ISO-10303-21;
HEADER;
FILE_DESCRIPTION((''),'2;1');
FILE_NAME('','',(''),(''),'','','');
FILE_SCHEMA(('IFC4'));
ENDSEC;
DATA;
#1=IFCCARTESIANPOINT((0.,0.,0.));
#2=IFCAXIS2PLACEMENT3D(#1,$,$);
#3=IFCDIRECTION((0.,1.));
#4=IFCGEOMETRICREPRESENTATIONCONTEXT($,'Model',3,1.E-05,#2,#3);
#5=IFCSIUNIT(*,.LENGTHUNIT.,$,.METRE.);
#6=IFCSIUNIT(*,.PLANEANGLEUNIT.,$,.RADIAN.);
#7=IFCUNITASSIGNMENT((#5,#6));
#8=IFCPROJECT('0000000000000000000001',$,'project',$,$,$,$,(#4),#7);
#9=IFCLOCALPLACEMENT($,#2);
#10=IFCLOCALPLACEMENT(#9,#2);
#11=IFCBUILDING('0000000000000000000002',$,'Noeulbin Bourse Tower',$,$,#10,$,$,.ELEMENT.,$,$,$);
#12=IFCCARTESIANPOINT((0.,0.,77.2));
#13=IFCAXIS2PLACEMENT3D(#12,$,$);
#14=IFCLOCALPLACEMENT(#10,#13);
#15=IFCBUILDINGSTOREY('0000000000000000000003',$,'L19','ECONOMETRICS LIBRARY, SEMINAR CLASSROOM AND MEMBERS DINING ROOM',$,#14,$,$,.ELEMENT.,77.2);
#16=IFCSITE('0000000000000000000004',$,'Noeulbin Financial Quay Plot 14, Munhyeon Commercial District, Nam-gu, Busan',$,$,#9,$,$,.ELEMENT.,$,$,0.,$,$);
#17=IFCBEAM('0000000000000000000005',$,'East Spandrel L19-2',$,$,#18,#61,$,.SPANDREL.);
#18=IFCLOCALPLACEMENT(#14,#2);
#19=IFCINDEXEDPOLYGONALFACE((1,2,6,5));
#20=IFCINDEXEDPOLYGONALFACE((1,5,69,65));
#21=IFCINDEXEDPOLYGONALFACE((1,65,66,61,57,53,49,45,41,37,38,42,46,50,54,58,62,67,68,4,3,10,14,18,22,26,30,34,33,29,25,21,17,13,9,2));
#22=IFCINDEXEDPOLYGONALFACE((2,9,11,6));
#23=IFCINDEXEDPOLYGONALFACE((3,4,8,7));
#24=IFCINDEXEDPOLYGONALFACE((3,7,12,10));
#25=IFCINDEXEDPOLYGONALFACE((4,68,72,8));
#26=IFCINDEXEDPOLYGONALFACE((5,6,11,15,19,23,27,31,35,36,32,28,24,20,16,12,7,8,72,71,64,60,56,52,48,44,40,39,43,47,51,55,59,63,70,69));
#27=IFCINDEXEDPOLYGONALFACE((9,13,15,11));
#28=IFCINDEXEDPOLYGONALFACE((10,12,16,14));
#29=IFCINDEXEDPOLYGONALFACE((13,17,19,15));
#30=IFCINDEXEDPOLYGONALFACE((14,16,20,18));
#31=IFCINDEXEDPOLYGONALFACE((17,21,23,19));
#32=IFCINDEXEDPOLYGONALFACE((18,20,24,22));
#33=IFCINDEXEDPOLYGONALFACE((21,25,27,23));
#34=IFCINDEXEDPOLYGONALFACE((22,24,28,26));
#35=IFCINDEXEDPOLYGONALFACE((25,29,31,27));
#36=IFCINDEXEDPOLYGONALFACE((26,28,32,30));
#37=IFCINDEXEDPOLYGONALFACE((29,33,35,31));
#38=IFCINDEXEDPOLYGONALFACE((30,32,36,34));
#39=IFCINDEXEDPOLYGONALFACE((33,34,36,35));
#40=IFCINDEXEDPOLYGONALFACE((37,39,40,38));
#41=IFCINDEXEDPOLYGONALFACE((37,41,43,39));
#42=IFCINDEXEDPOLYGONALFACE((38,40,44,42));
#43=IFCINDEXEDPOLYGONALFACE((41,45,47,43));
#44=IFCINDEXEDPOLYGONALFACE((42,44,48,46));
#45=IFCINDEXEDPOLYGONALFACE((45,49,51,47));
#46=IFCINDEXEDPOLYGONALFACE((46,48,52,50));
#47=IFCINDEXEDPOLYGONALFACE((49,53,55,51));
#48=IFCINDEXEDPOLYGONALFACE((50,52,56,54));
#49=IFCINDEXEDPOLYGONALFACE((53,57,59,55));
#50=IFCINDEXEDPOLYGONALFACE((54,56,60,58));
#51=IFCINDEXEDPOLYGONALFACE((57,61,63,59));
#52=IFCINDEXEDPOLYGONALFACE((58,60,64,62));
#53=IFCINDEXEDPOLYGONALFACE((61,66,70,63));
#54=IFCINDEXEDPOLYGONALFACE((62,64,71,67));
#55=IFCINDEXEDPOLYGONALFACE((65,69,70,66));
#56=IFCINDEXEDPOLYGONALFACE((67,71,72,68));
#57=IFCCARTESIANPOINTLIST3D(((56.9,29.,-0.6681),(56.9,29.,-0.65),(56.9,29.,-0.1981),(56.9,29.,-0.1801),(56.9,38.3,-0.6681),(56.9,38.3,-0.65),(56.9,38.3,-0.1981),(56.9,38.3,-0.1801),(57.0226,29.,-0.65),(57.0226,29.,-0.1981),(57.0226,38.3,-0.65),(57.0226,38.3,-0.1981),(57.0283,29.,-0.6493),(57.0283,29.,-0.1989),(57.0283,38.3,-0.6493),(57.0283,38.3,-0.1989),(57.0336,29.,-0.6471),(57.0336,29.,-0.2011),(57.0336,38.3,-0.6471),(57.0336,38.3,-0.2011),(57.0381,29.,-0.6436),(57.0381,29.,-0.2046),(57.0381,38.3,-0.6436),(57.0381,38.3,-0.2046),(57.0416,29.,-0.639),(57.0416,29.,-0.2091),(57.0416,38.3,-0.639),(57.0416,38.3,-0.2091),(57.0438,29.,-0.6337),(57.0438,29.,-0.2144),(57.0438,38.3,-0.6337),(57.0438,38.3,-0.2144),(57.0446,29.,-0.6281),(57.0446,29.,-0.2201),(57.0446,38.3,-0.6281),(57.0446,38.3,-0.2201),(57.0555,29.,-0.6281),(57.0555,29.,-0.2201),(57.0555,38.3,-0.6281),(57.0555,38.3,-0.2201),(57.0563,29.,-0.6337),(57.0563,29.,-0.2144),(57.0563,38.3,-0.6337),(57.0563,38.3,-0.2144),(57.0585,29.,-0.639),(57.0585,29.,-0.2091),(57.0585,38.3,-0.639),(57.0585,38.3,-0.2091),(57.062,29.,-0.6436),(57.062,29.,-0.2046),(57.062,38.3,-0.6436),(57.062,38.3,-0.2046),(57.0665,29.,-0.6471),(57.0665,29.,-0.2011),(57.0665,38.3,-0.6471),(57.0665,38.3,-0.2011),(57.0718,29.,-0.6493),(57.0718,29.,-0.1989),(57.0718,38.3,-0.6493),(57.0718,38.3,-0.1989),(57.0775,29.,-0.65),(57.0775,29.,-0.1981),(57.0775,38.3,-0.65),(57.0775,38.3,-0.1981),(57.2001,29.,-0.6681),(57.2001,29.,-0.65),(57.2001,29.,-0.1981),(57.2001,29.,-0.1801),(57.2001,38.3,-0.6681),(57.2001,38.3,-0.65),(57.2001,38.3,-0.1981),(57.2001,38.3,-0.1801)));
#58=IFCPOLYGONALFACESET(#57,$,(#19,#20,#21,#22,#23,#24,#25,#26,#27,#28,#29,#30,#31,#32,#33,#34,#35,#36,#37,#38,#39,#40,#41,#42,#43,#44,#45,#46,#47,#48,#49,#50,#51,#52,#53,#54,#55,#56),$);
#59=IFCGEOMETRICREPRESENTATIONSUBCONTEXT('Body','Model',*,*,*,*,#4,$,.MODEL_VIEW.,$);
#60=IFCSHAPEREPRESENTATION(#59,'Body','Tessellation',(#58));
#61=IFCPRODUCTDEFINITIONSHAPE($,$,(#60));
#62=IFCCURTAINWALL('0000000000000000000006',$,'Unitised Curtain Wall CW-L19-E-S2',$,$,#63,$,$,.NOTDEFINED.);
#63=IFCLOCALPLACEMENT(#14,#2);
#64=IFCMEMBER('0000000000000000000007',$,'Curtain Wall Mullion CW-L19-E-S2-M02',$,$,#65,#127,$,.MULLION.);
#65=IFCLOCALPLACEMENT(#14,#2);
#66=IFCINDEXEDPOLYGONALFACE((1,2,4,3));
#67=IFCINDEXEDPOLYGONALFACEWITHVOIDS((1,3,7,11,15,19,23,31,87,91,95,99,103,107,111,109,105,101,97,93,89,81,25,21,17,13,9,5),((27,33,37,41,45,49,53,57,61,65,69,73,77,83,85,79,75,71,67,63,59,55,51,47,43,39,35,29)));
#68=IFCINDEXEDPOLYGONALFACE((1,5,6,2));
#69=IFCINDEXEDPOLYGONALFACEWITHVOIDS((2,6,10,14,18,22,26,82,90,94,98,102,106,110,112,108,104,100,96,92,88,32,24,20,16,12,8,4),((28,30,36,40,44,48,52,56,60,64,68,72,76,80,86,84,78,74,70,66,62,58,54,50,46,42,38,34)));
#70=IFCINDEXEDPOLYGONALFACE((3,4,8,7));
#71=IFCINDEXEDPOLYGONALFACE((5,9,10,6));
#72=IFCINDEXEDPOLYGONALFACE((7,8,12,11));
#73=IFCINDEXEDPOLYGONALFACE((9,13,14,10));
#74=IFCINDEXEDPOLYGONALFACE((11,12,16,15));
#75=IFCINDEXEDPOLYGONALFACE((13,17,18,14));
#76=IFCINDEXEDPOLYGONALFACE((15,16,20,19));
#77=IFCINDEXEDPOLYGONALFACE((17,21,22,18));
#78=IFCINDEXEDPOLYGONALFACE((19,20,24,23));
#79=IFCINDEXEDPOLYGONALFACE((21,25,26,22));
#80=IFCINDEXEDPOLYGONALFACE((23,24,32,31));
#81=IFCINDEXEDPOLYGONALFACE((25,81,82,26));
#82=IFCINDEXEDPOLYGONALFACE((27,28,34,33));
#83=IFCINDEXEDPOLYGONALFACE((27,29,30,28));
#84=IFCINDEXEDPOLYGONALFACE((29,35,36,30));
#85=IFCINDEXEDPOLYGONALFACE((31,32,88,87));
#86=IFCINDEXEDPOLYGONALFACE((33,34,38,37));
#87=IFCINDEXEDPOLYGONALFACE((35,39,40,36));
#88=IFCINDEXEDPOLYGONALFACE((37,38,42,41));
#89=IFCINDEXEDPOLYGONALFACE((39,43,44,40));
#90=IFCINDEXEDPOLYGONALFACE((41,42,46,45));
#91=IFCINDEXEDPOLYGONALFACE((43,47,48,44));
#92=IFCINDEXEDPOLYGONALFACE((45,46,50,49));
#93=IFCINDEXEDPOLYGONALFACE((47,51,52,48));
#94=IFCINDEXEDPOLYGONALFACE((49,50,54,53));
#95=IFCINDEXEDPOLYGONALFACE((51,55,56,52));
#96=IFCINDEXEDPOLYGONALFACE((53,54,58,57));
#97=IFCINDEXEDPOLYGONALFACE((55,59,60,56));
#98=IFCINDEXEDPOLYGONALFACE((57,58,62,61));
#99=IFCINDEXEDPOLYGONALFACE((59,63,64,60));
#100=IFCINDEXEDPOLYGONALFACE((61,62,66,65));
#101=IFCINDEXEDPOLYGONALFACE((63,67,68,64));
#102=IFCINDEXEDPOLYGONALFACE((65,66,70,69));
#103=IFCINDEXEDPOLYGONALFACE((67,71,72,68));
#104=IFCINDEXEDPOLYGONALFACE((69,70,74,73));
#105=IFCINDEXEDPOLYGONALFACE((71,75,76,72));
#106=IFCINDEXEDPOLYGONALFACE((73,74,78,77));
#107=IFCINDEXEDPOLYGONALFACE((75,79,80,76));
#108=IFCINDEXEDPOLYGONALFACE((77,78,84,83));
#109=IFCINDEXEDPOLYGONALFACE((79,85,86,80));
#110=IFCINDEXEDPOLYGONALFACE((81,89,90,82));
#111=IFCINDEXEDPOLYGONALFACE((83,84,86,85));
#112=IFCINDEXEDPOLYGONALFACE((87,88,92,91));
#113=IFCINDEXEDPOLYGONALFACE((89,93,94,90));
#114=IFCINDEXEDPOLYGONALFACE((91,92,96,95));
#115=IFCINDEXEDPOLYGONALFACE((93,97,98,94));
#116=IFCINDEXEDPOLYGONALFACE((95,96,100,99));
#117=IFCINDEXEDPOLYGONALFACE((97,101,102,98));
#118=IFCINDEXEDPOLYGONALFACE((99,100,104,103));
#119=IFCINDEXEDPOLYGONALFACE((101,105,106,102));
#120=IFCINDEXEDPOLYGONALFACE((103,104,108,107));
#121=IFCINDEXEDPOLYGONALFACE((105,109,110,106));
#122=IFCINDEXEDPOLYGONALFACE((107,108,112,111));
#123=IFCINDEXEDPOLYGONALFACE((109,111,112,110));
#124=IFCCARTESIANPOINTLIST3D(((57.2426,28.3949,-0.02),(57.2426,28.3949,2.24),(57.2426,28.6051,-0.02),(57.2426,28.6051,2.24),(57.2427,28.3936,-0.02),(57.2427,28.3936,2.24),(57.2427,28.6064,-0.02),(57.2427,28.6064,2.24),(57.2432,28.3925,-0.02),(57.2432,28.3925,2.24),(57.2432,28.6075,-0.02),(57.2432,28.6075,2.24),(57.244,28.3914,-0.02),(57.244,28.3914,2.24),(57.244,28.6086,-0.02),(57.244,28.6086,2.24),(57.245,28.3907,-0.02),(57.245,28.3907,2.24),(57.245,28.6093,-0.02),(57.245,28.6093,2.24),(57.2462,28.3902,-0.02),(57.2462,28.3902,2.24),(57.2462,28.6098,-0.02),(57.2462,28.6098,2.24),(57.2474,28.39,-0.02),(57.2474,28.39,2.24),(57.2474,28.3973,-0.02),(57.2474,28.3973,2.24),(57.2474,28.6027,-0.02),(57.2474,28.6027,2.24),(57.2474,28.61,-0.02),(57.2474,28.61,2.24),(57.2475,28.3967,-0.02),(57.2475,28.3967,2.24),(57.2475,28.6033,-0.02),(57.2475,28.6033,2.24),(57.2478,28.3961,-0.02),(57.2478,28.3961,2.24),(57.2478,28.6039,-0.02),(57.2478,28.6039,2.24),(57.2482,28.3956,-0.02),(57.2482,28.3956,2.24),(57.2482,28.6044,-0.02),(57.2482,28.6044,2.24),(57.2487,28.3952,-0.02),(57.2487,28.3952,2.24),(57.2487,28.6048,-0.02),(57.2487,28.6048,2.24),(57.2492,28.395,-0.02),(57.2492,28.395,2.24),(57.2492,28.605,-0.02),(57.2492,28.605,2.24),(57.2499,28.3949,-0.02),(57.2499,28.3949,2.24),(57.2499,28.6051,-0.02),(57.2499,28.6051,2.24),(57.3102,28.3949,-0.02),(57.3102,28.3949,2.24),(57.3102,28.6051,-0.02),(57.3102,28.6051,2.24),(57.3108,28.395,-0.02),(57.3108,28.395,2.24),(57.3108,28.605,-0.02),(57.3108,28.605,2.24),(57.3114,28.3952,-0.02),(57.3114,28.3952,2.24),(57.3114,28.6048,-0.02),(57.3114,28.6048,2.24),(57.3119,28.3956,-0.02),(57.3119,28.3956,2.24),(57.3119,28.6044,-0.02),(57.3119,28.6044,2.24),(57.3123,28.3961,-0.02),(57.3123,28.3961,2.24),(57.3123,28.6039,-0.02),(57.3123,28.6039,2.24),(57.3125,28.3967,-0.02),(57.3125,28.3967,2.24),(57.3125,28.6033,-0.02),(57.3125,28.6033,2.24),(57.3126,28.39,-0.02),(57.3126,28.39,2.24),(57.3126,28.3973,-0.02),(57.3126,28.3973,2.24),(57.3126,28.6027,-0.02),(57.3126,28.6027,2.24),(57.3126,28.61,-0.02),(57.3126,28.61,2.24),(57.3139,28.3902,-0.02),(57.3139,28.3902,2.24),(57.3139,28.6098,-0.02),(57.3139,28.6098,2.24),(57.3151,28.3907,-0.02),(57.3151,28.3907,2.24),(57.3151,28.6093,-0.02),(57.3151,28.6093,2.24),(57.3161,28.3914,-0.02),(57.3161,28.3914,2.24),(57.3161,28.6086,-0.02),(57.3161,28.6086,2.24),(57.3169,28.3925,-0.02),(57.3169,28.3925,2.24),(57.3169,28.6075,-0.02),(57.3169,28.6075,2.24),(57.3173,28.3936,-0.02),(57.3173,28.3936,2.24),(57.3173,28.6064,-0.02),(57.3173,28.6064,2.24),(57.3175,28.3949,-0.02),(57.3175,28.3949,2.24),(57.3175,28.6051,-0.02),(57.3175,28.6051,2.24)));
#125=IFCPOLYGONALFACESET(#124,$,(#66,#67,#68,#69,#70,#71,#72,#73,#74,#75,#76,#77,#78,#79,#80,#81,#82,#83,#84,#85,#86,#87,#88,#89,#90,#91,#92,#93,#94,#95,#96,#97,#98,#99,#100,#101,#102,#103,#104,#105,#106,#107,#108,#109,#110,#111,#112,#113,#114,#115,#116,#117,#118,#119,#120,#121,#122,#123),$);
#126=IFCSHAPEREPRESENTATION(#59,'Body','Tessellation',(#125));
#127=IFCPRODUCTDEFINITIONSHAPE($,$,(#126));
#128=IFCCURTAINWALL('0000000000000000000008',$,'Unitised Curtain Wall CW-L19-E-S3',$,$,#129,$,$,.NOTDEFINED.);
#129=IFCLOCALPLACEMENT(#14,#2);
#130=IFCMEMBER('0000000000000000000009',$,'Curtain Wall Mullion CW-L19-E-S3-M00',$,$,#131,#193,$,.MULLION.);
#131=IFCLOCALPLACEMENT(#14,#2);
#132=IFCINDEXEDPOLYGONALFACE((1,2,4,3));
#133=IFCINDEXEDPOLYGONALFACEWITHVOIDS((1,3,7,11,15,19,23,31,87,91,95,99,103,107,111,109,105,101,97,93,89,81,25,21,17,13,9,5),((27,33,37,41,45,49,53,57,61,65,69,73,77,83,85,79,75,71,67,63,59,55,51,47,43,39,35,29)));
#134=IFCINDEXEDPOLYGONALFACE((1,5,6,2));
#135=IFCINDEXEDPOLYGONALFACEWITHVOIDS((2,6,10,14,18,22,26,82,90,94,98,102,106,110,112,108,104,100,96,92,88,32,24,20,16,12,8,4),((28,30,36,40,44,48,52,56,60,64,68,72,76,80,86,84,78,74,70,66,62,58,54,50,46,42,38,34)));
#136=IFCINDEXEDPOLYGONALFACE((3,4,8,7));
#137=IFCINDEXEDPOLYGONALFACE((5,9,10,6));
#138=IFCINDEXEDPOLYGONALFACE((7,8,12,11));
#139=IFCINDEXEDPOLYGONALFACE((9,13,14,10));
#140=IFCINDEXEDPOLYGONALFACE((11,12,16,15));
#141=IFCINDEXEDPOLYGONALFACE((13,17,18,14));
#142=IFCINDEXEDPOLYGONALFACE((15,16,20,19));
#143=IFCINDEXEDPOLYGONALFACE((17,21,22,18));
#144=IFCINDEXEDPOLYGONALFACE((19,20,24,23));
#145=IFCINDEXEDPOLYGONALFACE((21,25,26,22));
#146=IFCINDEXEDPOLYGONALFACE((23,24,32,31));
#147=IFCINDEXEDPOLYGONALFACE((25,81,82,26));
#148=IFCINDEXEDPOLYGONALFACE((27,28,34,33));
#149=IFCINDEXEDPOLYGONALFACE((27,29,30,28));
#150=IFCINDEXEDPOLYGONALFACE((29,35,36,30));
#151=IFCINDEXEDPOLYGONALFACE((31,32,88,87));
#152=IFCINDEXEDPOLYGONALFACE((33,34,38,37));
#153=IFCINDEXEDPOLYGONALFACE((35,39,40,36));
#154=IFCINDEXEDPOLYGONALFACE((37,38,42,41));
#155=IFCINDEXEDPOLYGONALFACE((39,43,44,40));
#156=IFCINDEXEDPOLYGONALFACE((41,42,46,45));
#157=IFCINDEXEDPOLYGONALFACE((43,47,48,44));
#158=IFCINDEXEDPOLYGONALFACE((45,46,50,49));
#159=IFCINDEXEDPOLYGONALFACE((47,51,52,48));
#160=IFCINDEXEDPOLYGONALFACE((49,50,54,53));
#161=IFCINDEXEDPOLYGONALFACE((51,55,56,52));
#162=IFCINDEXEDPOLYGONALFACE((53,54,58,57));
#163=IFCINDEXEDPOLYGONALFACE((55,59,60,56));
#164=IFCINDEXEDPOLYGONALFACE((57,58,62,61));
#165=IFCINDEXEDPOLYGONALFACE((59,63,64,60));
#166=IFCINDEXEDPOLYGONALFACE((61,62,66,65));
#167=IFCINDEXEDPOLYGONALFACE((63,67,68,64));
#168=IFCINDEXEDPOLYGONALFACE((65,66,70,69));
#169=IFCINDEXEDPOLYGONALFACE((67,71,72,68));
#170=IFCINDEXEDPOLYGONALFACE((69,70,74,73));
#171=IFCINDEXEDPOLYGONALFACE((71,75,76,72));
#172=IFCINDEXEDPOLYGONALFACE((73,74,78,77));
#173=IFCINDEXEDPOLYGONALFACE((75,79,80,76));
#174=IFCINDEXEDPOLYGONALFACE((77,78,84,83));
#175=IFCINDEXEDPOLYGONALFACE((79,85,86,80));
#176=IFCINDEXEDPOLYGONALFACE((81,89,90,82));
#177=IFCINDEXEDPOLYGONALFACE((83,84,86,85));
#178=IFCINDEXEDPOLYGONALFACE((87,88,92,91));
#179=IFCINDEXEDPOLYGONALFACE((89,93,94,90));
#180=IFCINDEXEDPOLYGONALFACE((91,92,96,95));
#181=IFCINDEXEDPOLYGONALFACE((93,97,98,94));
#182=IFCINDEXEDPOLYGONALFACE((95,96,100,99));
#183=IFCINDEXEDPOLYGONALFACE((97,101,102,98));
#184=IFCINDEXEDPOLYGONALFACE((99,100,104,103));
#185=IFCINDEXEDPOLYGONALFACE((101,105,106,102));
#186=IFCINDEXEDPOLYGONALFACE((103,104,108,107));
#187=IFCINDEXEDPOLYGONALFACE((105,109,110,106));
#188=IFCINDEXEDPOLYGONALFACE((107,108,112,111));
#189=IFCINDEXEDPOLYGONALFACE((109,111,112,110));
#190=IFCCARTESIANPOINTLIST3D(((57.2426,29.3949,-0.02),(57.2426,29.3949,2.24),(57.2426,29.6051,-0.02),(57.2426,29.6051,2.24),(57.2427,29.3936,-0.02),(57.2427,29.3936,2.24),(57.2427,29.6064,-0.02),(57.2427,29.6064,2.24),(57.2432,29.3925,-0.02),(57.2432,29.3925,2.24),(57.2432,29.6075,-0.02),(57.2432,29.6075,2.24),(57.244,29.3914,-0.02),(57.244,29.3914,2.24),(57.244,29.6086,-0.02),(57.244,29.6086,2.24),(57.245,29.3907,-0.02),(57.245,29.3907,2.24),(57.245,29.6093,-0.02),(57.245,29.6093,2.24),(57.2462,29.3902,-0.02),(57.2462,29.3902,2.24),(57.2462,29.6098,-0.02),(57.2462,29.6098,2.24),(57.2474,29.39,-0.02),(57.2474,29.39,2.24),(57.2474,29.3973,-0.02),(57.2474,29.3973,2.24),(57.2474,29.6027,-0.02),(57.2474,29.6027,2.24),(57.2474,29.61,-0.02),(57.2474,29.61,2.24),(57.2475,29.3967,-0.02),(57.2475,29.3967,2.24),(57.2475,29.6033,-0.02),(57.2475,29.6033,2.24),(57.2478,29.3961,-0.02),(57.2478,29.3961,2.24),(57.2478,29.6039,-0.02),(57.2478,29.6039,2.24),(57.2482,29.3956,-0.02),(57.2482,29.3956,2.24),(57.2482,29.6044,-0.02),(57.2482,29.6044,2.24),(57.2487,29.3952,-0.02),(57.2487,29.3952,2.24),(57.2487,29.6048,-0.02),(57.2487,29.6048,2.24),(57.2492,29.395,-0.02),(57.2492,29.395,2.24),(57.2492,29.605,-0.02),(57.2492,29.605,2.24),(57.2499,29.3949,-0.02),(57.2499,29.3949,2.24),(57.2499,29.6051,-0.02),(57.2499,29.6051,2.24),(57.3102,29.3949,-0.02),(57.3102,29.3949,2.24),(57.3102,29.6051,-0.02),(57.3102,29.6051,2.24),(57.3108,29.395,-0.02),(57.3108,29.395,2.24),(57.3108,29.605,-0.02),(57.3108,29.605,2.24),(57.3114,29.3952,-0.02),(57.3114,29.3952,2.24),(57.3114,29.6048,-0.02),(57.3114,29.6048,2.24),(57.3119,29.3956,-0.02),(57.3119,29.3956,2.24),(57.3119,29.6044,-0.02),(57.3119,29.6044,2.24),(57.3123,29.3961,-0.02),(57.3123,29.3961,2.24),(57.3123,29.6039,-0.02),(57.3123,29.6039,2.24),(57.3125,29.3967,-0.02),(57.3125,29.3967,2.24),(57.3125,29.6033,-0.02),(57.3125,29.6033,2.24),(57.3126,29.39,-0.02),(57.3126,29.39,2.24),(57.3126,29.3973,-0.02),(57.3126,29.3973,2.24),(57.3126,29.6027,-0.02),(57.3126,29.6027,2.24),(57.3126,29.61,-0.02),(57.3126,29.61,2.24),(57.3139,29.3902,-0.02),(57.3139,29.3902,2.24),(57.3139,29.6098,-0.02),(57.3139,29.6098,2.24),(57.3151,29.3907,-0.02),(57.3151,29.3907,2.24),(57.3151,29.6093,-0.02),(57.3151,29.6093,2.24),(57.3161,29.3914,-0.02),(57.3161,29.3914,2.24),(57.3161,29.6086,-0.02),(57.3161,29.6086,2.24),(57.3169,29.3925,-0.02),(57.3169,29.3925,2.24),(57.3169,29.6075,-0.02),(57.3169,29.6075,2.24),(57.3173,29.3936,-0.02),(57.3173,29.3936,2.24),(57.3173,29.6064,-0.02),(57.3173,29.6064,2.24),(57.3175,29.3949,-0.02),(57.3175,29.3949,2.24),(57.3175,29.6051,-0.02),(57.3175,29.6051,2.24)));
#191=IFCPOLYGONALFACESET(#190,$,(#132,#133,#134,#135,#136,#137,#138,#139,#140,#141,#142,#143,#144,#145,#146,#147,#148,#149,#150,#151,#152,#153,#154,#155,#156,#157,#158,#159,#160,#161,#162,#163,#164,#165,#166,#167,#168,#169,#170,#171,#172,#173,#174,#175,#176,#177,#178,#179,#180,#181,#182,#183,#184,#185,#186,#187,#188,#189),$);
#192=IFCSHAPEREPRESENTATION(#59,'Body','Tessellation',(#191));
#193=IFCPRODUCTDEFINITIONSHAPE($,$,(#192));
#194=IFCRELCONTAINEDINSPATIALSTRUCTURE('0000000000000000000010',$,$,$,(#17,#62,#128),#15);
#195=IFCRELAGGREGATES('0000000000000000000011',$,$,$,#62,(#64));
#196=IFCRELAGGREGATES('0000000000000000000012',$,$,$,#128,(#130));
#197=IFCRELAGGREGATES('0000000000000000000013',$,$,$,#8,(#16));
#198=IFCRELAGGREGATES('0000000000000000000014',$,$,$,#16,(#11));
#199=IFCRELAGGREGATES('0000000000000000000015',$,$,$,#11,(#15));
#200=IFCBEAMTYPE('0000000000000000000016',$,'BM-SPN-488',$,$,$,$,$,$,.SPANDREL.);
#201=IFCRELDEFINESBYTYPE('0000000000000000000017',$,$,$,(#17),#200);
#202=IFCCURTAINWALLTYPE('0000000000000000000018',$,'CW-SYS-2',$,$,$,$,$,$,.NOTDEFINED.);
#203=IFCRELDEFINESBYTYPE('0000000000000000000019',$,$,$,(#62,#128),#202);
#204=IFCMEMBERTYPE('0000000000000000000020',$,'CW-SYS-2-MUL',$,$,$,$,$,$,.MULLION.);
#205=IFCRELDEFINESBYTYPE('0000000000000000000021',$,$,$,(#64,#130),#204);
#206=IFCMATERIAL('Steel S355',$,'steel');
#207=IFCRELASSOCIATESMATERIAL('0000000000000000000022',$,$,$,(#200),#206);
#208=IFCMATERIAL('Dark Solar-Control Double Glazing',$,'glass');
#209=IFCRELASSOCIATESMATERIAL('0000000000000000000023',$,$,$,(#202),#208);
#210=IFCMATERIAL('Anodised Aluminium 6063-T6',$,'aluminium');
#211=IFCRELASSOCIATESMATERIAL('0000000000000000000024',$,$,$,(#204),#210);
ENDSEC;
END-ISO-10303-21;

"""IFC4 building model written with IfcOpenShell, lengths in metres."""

from ifc_helpers import new_model, si_unit, direction, frame, origin, origin_2d, place, context, subcontext, project, spatial, hollow_rectangle, i_section, extrude, material, material_profile, profile_set, type_object, element, aggregate, save


model = new_model("IFC4")

# Units and contexts
model_context = context("Model", 3, precision=1e-05, world=origin(), true_north=direction((0.0, 1.0)))
body_context = subcontext(model_context, "Body", "Model", "MODEL_VIEW")
ifc_project = project(units=[si_unit("LENGTHUNIT", "METRE"), si_unit("PLANEANGLEUNIT", "RADIAN")], contexts=[model_context])

# Site, building, storey
site_placement = place(None, origin())
site = spatial("IfcSite", under=ifc_project, at=site_placement, Name="Noeulbin Financial Quay Plot 14, Munhyeon Commercial District, Nam-gu, Busan", CompositionType="ELEMENT", RefElevation=0.0)
building_placement = place(site_placement, origin())
building = spatial("IfcBuilding", under=site, at=building_placement, Name="Noeulbin Bourse Tower", CompositionType="ELEMENT")
storey_placement = place(building_placement, frame((0.0, 0.0, 77.2)))
storey = spatial("IfcBuildingStorey", under=building, at=storey_placement, Name="L19", Description="ECONOMETRICS LIBRARY, SEMINAR CLASSROOM AND MEMBERS DINING ROOM", CompositionType="ELEMENT", Elevation=77.2)

# Beam
ifc_material_1 = material(Name="Steel S355", Category="steel")
ifc_material_profile_1 = material_profile(ifc_material_1, i_section(OverallWidth=0.3, OverallDepth=0.488, WebThickness=0.011, FlangeThickness=0.0181, FilletRadius=0.022, at=origin_2d()), Name="H-488x300x11x18", Category="LoadBearing")
ifc_profile_set_1 = profile_set([ifc_material_profile_1], Name="Steel S355")
beam_type_1 = type_object("IfcBeamType", Name="BM-SPN-488", PredefinedType="SPANDREL", material=ifc_profile_set_1)
beam_1_placement = place(storey_placement, frame((57.05, 29.0, -0.4241), z_axis=(0.0, 1.0, 0.0), x_axis=(-1.0, 0.0, 0.0)))
element("IfcBeam", 1, at=beam_1_placement, inside=storey, type_object=beam_type_1, Name="East Spandrel L19-2", PredefinedType="SPANDREL", context=body_context, shape_type="SweptSolid", body=[
    extrude(i_section(OverallWidth=0.3, OverallDepth=0.488, WebThickness=0.011, FlangeThickness=0.0181, FilletRadius=0.022, at=origin_2d()), origin(), (0.0, 0.0, 1.0), 9.3),
])

# Curtain wall, member
ifc_material_2 = material(Name="Dark Solar-Control Double Glazing", Category="glass")
curtain_wall_type = type_object("IfcCurtainWallType", Name="CW-SYS-2", PredefinedType="NOTDEFINED", material=ifc_material_2)
curtain_wall_1_placement = place(storey_placement, origin())
curtain_wall_1 = element("IfcCurtainWall", 2, at=curtain_wall_1_placement, inside=storey, type_object=curtain_wall_type, Name="Unitised Curtain Wall CW-L19-E-S2", PredefinedType="NOTDEFINED")
ifc_material_3 = material(Name="Anodised Aluminium 6063-T6", Category="aluminium")
ifc_material_profile_2 = material_profile(ifc_material_3, hollow_rectangle(XDim=0.075, YDim=0.22, WallThickness=0.0049, InnerFilletRadius=0.0024, OuterFilletRadius=0.0049, at=origin_2d()), Name="ALU-MULL-75x220x5", Category="LoadBearing")
ifc_profile_set_2 = profile_set([ifc_material_profile_2], Name="Anodised Aluminium 6063-T6")
member_type_1 = type_object("IfcMemberType", Name="CW-SYS-2-MUL", PredefinedType="MULLION", material=ifc_profile_set_2)
member_1_placement = place(storey_placement, frame((57.28, 28.5, -0.02), z_axis=(0.0, 0.0, 1.0), x_axis=(1.0, 0.0, 0.0)))
member_1 = element("IfcMember", 3, at=member_1_placement, type_object=member_type_1, Name="Curtain Wall Mullion CW-L19-E-S2-M02", PredefinedType="MULLION", context=body_context, shape_type="SweptSolid", body=[
    extrude(hollow_rectangle(XDim=0.075, YDim=0.22, WallThickness=0.0049, InnerFilletRadius=0.0024, OuterFilletRadius=0.0049, at=origin_2d()), origin(), (0.0, 0.0, 1.0), 2.26),
])
aggregate(curtain_wall_1, [member_1])

# Curtain wall, member
curtain_wall_2_placement = place(storey_placement, origin())
curtain_wall_2 = element("IfcCurtainWall", 4, at=curtain_wall_2_placement, inside=storey, type_object=curtain_wall_type, Name="Unitised Curtain Wall CW-L19-E-S3", PredefinedType="NOTDEFINED")
member_2_placement = place(storey_placement, frame((57.28, 29.5, -0.02), z_axis=(0.0, 0.0, 1.0), x_axis=(1.0, 0.0, 0.0)))
member_2 = element("IfcMember", 5, at=member_2_placement, type_object=member_type_1, Name="Curtain Wall Mullion CW-L19-E-S3-M00", PredefinedType="MULLION", context=body_context, shape_type="SweptSolid", body=[
    extrude(hollow_rectangle(XDim=0.075, YDim=0.22, WallThickness=0.0049, InnerFilletRadius=0.0024, OuterFilletRadius=0.0049, at=origin_2d()), origin(), (0.0, 0.0, 1.0), 2.26),
])
aggregate(curtain_wall_2, [member_2])

save(model, "model.ifc")
